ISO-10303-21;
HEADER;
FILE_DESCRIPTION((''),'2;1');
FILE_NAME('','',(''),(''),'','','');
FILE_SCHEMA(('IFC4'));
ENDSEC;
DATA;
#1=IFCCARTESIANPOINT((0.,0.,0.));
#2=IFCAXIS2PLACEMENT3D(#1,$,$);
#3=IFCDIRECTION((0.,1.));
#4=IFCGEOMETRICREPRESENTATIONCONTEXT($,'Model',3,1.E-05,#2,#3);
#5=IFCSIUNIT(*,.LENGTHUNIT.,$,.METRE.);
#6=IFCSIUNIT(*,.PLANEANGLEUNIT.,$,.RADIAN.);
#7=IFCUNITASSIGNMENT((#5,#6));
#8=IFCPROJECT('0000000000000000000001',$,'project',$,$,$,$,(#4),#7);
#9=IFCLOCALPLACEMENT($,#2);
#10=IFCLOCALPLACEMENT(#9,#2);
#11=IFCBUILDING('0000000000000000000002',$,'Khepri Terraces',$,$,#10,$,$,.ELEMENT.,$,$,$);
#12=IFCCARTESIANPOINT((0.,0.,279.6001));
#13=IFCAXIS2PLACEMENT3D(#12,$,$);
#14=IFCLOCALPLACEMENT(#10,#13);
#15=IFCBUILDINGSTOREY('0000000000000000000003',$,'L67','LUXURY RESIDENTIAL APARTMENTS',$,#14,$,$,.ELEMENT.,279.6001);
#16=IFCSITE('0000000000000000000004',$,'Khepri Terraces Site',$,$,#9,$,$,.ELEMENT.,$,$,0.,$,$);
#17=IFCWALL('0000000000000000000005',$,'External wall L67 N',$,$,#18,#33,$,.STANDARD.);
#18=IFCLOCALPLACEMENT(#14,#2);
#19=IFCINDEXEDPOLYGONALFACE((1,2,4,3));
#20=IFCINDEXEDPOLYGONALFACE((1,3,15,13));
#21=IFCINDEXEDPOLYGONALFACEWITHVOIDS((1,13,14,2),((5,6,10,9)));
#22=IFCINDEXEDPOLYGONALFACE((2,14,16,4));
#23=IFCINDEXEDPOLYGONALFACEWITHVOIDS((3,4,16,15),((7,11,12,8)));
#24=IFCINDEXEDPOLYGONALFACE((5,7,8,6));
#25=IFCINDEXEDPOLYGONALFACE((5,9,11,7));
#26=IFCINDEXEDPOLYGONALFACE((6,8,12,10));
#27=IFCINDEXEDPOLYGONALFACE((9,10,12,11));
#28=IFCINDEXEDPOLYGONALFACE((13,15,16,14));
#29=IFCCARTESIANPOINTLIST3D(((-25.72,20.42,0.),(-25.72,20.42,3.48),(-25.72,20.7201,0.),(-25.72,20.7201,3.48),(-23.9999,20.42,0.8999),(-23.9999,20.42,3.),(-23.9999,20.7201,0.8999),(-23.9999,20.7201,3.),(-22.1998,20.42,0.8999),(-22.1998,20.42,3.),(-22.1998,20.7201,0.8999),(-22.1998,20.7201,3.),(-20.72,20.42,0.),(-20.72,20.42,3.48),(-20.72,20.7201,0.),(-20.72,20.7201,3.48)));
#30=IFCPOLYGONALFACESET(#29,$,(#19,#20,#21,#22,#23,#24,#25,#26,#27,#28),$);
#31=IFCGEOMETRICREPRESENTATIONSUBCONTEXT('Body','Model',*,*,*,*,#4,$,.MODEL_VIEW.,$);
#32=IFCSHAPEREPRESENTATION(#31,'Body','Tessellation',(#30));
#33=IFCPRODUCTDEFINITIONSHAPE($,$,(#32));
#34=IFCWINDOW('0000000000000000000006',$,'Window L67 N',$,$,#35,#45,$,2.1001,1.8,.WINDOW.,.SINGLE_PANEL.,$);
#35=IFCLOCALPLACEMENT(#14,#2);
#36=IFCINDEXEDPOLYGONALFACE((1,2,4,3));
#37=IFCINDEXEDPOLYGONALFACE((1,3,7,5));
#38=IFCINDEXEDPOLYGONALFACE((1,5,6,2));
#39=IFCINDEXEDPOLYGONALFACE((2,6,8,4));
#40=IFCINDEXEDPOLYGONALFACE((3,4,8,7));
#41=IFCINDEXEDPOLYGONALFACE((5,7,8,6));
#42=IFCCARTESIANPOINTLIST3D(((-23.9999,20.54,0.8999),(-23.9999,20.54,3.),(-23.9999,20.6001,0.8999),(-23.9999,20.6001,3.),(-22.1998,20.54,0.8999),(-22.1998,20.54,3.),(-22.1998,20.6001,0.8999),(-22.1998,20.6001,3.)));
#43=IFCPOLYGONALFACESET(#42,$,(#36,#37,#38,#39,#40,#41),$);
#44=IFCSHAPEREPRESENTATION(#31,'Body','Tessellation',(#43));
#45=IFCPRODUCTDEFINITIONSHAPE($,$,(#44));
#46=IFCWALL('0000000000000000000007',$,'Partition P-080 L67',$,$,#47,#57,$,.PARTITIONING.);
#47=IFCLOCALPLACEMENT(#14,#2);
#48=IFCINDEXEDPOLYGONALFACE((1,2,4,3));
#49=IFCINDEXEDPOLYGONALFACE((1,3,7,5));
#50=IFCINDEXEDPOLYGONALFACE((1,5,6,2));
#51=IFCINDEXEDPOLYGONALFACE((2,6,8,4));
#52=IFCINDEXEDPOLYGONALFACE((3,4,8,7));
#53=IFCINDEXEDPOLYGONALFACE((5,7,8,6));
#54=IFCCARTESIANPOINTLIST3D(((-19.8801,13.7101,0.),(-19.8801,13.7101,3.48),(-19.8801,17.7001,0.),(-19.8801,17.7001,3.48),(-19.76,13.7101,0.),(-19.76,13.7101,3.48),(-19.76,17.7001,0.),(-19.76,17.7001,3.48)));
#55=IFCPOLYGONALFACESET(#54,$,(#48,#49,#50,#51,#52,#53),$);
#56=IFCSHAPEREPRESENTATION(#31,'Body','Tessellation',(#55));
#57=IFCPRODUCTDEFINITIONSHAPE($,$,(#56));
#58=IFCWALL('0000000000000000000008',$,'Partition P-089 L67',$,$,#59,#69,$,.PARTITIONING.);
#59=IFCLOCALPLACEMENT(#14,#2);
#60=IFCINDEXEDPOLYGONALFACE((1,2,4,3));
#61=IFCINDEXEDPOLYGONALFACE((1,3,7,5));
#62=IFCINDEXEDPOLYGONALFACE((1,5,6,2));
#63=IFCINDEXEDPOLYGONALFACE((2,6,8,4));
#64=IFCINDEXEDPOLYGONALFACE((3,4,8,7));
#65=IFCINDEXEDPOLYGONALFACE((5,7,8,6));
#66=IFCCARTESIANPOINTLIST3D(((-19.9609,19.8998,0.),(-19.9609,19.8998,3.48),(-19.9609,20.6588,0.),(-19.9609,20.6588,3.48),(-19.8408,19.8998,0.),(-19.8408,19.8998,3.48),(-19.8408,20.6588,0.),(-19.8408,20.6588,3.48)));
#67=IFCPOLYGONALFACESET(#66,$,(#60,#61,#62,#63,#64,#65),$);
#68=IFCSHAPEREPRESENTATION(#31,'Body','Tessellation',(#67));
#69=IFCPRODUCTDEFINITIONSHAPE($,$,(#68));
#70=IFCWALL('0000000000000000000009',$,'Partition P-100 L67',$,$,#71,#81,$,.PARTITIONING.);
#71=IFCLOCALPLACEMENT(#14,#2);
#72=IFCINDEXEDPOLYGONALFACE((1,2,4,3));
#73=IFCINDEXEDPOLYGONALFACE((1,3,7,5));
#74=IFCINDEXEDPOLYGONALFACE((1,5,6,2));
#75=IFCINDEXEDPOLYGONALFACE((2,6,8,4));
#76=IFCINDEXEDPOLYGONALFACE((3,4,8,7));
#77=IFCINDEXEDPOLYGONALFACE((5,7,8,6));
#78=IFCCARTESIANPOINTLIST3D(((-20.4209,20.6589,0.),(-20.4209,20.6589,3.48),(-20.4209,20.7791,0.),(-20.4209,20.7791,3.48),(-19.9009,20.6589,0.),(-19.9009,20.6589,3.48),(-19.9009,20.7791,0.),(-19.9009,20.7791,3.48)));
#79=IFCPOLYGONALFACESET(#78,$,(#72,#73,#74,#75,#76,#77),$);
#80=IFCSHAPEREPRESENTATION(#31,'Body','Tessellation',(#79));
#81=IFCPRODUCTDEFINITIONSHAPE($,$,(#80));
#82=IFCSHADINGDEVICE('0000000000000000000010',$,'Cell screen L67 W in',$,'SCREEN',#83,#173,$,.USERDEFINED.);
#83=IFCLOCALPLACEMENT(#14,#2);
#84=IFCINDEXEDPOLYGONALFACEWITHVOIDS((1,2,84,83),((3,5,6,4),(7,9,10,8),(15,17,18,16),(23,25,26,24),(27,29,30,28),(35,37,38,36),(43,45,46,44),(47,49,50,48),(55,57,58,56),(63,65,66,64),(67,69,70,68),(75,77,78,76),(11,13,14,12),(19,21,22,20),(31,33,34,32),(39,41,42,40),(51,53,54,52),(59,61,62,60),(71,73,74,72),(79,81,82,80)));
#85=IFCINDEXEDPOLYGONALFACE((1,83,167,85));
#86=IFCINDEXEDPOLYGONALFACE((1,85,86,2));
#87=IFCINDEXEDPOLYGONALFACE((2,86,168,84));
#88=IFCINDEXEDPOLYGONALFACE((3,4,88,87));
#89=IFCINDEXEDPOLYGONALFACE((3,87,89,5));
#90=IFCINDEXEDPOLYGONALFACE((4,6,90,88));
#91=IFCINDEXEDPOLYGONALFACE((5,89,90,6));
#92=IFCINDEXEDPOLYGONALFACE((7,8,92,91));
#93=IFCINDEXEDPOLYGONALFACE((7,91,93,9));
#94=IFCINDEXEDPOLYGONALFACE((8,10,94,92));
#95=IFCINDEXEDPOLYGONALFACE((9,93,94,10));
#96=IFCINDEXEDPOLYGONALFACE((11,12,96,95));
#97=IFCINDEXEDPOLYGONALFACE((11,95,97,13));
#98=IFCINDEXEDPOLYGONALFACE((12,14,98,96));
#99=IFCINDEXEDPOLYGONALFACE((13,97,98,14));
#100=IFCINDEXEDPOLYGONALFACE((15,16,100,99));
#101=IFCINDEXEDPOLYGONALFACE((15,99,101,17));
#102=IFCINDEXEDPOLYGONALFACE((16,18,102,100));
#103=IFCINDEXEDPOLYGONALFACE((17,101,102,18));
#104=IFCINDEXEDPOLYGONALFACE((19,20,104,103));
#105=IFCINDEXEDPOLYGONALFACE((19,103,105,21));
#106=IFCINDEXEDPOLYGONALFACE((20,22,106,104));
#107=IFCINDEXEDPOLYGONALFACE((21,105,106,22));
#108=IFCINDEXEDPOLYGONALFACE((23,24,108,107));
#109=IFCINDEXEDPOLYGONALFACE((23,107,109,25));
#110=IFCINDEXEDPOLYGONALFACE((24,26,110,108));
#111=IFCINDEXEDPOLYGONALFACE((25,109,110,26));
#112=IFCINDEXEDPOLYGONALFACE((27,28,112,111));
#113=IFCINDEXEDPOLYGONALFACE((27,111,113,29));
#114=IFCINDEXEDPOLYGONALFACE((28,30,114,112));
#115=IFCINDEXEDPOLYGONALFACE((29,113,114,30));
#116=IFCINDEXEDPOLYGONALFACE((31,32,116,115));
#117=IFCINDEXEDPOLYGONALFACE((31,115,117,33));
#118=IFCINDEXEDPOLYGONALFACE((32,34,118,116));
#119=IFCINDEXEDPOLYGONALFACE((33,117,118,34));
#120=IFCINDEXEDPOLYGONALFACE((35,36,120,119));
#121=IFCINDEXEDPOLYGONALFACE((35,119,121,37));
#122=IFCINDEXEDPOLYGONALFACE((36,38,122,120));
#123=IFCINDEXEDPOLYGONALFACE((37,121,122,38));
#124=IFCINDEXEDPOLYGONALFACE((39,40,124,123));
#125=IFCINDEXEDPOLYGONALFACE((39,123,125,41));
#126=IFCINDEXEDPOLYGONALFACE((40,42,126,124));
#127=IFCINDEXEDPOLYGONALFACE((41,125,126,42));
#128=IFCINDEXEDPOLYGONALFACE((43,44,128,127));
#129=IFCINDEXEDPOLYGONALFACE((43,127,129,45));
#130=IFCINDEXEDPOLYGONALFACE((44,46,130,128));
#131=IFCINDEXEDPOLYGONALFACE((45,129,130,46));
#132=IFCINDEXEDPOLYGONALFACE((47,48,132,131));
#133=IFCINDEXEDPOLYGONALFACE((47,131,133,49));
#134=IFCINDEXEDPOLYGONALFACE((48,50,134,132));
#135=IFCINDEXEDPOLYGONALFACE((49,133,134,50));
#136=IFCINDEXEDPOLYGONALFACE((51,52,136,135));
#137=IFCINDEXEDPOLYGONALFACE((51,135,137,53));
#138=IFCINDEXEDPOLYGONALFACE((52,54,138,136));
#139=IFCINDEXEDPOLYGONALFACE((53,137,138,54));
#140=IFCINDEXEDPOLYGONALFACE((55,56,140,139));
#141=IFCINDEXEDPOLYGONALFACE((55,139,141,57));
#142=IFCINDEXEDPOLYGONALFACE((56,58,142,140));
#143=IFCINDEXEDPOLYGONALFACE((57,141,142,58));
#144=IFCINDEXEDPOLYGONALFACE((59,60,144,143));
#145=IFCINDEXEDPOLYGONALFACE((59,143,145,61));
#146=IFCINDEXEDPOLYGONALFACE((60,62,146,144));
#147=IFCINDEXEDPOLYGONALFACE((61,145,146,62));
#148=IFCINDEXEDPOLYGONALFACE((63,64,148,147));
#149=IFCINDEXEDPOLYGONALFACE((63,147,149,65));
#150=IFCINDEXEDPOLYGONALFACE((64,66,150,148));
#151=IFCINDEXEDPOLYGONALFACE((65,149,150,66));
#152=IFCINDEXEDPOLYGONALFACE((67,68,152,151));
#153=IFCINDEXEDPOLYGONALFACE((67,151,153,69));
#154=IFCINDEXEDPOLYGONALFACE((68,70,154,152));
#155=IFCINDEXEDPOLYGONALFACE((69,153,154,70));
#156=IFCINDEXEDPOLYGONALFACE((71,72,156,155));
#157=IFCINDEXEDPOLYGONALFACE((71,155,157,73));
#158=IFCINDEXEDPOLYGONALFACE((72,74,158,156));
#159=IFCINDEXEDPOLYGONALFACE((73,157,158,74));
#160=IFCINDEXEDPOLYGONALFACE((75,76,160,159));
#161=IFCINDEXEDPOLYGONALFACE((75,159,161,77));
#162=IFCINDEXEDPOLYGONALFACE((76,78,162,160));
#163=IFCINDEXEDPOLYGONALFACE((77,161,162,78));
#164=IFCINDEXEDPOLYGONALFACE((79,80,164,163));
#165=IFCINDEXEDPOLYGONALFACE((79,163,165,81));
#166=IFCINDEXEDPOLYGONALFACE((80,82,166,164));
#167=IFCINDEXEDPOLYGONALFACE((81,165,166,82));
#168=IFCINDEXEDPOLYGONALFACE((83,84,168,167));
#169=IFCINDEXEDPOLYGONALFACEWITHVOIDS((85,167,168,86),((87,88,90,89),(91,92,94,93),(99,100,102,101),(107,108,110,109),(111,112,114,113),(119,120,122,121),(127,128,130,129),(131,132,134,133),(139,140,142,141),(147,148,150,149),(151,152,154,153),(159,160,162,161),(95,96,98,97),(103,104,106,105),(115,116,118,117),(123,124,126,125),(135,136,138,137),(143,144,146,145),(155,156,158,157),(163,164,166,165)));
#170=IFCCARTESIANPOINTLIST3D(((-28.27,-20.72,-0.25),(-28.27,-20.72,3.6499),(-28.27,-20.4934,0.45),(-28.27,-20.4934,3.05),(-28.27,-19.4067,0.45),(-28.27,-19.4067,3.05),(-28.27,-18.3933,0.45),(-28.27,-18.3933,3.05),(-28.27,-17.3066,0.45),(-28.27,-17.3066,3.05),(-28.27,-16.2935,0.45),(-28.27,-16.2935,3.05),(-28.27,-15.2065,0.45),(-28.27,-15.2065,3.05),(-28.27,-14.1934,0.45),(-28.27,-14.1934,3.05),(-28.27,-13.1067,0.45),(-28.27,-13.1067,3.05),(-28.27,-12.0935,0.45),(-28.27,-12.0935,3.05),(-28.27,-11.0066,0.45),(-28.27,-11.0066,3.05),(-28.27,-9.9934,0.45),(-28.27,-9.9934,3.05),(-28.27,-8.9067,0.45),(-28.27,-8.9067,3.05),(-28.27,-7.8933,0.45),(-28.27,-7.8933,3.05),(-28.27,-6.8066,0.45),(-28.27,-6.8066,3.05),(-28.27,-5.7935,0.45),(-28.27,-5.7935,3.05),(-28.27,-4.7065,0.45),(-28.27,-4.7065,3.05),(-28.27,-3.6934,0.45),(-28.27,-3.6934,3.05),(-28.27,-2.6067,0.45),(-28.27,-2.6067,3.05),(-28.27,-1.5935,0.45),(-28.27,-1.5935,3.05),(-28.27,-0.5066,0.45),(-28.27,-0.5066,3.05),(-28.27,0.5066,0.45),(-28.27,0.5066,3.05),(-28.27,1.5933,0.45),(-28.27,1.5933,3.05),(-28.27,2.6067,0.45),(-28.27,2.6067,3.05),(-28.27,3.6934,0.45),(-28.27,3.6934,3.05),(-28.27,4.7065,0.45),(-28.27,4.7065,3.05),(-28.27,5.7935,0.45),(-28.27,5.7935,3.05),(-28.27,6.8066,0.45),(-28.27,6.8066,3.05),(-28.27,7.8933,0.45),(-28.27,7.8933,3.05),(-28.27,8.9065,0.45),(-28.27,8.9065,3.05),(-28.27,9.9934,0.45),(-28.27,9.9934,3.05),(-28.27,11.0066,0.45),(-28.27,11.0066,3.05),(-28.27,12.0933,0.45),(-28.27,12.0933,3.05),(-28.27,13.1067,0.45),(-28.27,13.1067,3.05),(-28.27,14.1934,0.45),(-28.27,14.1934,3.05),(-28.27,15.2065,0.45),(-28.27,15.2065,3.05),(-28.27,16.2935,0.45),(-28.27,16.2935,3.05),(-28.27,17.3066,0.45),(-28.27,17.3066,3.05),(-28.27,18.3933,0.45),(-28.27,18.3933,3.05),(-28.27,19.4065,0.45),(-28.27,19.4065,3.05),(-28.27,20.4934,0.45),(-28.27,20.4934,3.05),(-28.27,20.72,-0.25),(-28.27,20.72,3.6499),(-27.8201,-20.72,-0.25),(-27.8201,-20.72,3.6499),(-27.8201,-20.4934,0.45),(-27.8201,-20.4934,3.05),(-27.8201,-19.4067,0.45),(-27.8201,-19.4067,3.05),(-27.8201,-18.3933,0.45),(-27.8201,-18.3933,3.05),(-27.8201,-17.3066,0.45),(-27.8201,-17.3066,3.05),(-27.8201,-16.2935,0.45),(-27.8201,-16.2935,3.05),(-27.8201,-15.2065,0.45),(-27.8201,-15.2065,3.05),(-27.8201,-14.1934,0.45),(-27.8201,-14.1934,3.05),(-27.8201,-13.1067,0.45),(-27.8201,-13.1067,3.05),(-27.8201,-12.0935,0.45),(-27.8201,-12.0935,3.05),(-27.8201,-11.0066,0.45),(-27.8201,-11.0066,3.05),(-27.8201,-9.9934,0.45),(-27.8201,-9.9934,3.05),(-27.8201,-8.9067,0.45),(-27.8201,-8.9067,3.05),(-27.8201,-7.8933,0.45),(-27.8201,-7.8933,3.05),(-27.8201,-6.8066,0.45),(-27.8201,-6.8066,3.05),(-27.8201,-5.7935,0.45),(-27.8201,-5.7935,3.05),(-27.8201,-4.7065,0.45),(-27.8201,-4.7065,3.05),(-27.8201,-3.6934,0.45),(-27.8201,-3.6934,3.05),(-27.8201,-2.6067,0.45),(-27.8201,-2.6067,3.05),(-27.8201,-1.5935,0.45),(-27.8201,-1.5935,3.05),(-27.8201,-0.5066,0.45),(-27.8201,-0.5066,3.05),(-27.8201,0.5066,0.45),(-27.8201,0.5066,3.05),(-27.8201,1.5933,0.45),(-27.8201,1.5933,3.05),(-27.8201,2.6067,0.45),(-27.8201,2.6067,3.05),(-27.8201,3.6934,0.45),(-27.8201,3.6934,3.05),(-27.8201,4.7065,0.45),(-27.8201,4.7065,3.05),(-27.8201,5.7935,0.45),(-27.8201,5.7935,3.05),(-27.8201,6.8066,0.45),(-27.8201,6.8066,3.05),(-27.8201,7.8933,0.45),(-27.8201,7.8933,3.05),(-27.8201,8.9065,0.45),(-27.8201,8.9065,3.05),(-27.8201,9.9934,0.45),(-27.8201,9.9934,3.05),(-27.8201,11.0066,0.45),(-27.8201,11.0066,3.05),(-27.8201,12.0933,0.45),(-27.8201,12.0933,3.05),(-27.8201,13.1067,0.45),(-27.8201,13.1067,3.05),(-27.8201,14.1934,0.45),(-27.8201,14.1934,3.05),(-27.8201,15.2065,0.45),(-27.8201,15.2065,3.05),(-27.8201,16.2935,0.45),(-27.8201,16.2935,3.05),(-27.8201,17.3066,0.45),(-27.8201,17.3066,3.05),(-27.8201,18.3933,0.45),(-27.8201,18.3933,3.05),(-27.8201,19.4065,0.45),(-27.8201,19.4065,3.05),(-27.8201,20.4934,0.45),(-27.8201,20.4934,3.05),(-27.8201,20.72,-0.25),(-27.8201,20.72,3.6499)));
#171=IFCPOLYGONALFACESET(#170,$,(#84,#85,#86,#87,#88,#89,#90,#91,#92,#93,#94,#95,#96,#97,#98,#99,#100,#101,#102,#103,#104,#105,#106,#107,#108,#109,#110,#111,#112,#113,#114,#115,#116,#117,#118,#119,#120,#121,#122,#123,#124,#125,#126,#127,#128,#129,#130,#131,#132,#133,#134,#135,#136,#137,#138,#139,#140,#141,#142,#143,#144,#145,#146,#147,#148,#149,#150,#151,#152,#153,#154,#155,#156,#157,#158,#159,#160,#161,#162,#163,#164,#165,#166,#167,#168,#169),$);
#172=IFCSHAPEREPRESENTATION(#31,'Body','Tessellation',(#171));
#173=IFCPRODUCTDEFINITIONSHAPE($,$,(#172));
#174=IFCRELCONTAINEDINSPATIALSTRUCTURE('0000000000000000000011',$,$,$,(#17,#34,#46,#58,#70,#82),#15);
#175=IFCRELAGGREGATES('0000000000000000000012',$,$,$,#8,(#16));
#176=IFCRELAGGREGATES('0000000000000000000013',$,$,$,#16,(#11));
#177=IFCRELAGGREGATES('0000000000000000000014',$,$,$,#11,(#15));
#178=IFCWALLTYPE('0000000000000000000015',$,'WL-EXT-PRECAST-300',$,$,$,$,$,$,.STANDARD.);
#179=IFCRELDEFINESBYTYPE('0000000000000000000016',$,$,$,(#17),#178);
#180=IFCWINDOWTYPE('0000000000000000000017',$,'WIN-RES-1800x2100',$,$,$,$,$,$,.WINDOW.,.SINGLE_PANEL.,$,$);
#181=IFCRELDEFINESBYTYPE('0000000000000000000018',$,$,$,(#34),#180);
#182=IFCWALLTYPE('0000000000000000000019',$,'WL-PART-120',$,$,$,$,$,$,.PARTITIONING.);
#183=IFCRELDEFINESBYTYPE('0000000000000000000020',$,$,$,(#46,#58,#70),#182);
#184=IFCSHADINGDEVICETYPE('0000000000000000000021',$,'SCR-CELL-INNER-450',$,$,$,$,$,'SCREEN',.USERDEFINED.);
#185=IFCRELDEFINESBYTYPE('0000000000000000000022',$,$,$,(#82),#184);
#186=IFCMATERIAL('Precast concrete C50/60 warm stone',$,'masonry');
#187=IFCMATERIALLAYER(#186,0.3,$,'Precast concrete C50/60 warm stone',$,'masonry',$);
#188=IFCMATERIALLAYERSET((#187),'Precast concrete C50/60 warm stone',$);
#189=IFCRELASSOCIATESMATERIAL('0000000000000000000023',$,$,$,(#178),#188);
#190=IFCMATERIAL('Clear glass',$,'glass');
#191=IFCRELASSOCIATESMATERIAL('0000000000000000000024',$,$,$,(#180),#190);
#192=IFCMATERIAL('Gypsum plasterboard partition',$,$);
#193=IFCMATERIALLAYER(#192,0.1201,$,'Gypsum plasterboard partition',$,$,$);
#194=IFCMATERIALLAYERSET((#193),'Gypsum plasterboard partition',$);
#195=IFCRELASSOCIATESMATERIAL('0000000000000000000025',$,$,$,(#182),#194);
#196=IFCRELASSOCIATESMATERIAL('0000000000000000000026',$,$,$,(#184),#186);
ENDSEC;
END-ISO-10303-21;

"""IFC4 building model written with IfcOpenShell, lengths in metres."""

from ifc_helpers import new_model, si_unit, direction, frame, frame_2d, origin, place, context, subcontext, project, spatial, polyline, rectangle, outline, extrude, material, layer, layer_set, type_object, element, fill, save


model = new_model("IFC4")

# Units and contexts
model_context = context("Model", 3, precision=1e-05, world=origin(), true_north=direction((0.0, 1.0)))
body_context = subcontext(model_context, "Body", "Model", "MODEL_VIEW")
ifc_project = project(units=[si_unit("LENGTHUNIT", "METRE"), si_unit("PLANEANGLEUNIT", "RADIAN")], contexts=[model_context])

# Site, building, storey
site_placement = place(None, origin())
site = spatial("IfcSite", under=ifc_project, at=site_placement, Name="Khepri Terraces Site", CompositionType="ELEMENT", RefElevation=0.0)
building_placement = place(site_placement, origin())
building = spatial("IfcBuilding", under=site, at=building_placement, Name="Khepri Terraces", CompositionType="ELEMENT")
storey_placement = place(building_placement, frame((0.0, 0.0, 279.6001)))
storey = spatial("IfcBuildingStorey", under=building, at=storey_placement, Name="L67", Description="LUXURY RESIDENTIAL APARTMENTS", CompositionType="ELEMENT", Elevation=279.6001)

# Wall, opening, window
ifc_material_1 = material(Name="Precast concrete C50/60 warm stone", Category="masonry")
ifc_layer_1 = layer(ifc_material_1, 0.3, Name="Precast concrete C50/60 warm stone", Category="masonry")
ifc_layer_set_1 = layer_set([ifc_layer_1], Name="Precast concrete C50/60 warm stone")
wall_type_1 = type_object("IfcWallType", Name="WL-EXT-PRECAST-300", PredefinedType="STANDARD", material=ifc_layer_set_1)
ifc_material_2 = material(Name="Clear glass", Category="glass")
window_type = type_object("IfcWindowType", Name="WIN-RES-1800x2100", PartitioningType="SINGLE_PANEL", PredefinedType="WINDOW", material=ifc_material_2)
wall_1_placement = place(storey_placement, frame((-20.72, 20.5701, 0.0), z_axis=(0.0, 0.0, 1.0), x_axis=(-1.0, 0.0, 0.0)))
wall_1 = element("IfcWall", 1, at=wall_1_placement, inside=storey, type_object=wall_type_1, Name="External wall L67 N", PredefinedType="STANDARD", context=body_context, shape_type="SweptSolid", body=[
    extrude(rectangle(XDim=5.0, YDim=0.3, at=frame_2d((2.5, 0.0))), origin(), (0.0, 0.0, 1.0), 3.48),
])
opening_1_placement = place(wall_1_placement, frame((1.48, 0.0, 0.8999)))
opening_1 = element("IfcOpeningElement", 2, at=opening_1_placement, cuts=wall_1, PredefinedType="OPENING", context=body_context, shape_type="SweptSolid", body=[
    extrude(rectangle(XDim=1.8, YDim=2.1001, at=frame_2d((0.8999, 1.05))), frame((0.0, 0.1602, 0.0), z_axis=(0.0, -1.0, 0.0), x_axis=(1.0, 0.0, 0.0)), (0.0, 0.0, 1.0), 0.3201),
])
window_1_placement = place(opening_1_placement, origin())
window_1 = element("IfcWindow", 3, at=window_1_placement, inside=storey, type_object=window_type, Name="Window L67 N", OverallHeight=2.1001, OverallWidth=1.8, PartitioningType="SINGLE_PANEL", PredefinedType="WINDOW", context=body_context, shape_type="SweptSolid", body=[
    extrude(rectangle(XDim=1.8, YDim=2.1001, at=frame_2d((0.8999, 1.05))), frame((0.0, 0.03, 0.0), z_axis=(0.0, -1.0, 0.0), x_axis=(1.0, 0.0, 0.0)), (0.0, 0.0, 1.0), 0.0601),
])
fill(opening_1, window_1)

# Walls
ifc_material_3 = material(Name="Gypsum plasterboard partition")
ifc_layer_2 = layer(ifc_material_3, 0.1201, Name="Gypsum plasterboard partition")
ifc_layer_set_2 = layer_set([ifc_layer_2], Name="Gypsum plasterboard partition")
wall_type_2 = type_object("IfcWallType", Name="WL-PART-120", PredefinedType="PARTITIONING", material=ifc_layer_set_2)
wall_2_placement = place(storey_placement, frame((-19.8201, 13.71, 0.0), z_axis=(0.0, 0.0, 1.0), x_axis=(0.0, 1.0, 0.0)))
element("IfcWall", 4, at=wall_2_placement, inside=storey, type_object=wall_type_2, Name="Partition P-080 L67", PredefinedType="PARTITIONING", context=body_context, shape_type="SweptSolid", body=[
    extrude(rectangle(XDim=3.99, YDim=0.1201, at=frame_2d((1.9951, 0.0))), origin(), (0.0, 0.0, 1.0), 3.48),
])
wall_3_placement = place(storey_placement, frame((-19.9009, 19.8999, 0.0), z_axis=(0.0, 0.0, 1.0), x_axis=(0.0, 1.0, 0.0)))
element("IfcWall", 5, at=wall_3_placement, inside=storey, type_object=wall_type_2, Name="Partition P-089 L67", PredefinedType="PARTITIONING", context=body_context, shape_type="SweptSolid", body=[
    extrude(rectangle(XDim=0.759, YDim=0.1201, at=frame_2d((0.3794, 0.0))), origin(), (0.0, 0.0, 1.0), 3.48),
])
wall_4_placement = place(storey_placement, frame((-20.4209, 20.719, 0.0), z_axis=(0.0, 0.0, 1.0), x_axis=(1.0, 0.0, 0.0)))
element("IfcWall", 6, at=wall_4_placement, inside=storey, type_object=wall_type_2, Name="Partition P-100 L67", PredefinedType="PARTITIONING", context=body_context, shape_type="SweptSolid", body=[
    extrude(rectangle(XDim=0.52, YDim=0.1201, at=frame_2d((0.26, 0.0))), origin(), (0.0, 0.0, 1.0), 3.48),
])

# Shading device
shading_device_type_1 = type_object("IfcShadingDeviceType", Name="SCR-CELL-INNER-450", ElementType="SCREEN", PredefinedType="USERDEFINED", material=ifc_material_1)
shading_device_1_placement = place(storey_placement, frame((-27.8201, 20.72, -0.25), z_axis=(-1.0, 0.0, 0.0), x_axis=(0.0, -1.0, 0.0)))
element("IfcShadingDevice", 7, at=shading_device_1_placement, inside=storey, type_object=shading_device_type_1, Name="Cell screen L67 W in", ObjectType="SCREEN", PredefinedType="USERDEFINED", context=body_context, shape_type="SweptSolid", body=[
    extrude(outline(polyline([(0.0, 0.0), (41.4399, 0.0), (41.4399, 3.8999), (0.0, 3.8999), (0.0, 0.0)]), holes=[polyline([(0.2266, 0.7), (1.3135, 0.7), (1.3135, 3.3), (0.2266, 3.3), (0.2266, 0.7)]), polyline([(2.3267, 0.7), (3.4133, 0.7), (3.4133, 3.3), (2.3267, 3.3), (2.3267, 0.7)]), polyline([(4.4265, 0.7), (5.5134, 0.7), (5.5134, 3.3), (4.4265, 3.3), (4.4265, 0.7)]), polyline([(6.5266, 0.7), (7.6133, 0.7), (7.6133, 3.3), (6.5266, 3.3), (6.5266, 0.7)]), polyline([(8.6267, 0.7), (9.7134, 0.7), (9.7134, 3.3), (8.6267, 3.3), (8.6267, 0.7)]), polyline([(10.7266, 0.7), (11.8135, 0.7), (11.8135, 3.3), (10.7266, 3.3), (10.7266, 0.7)]), polyline([(12.8267, 0.7), (13.9133, 0.7), (13.9133, 3.3), (12.8267, 3.3), (12.8267, 0.7)]), polyline([(14.9265, 0.7), (16.0134, 0.7), (16.0134, 3.3), (14.9265, 3.3), (14.9265, 0.7)]), polyline([(17.0266, 0.7), (18.1133, 0.7), (18.1133, 3.3), (17.0266, 3.3), (17.0266, 0.7)]), polyline([(19.1267, 0.7), (20.2134, 0.7), (20.2134, 3.3), (19.1267, 3.3), (19.1267, 0.7)]), polyline([(21.2266, 0.7), (22.3135, 0.7), (22.3135, 3.3), (21.2266, 3.3), (21.2266, 0.7)]), polyline([(23.3267, 0.7), (24.4133, 0.7), (24.4133, 3.3), (23.3267, 3.3), (23.3267, 0.7)]), polyline([(25.4265, 0.7), (26.5134, 0.7), (26.5134, 3.3), (25.4265, 3.3), (25.4265, 0.7)]), polyline([(27.5266, 0.7), (28.6133, 0.7), (28.6133, 3.3), (27.5266, 3.3), (27.5266, 0.7)]), polyline([(29.6267, 0.7), (30.7134, 0.7), (30.7134, 3.3), (29.6267, 3.3), (29.6267, 0.7)]), polyline([(31.7266, 0.7), (32.8135, 0.7), (32.8135, 3.3), (31.7266, 3.3), (31.7266, 0.7)]), polyline([(33.8267, 0.7), (34.9133, 0.7), (34.9133, 3.3), (33.8267, 3.3), (33.8267, 0.7)]), polyline([(35.9265, 0.7), (37.0134, 0.7), (37.0134, 3.3), (35.9265, 3.3), (35.9265, 0.7)]), polyline([(38.0266, 0.7), (39.1133, 0.7), (39.1133, 3.3), (38.0266, 3.3), (38.0266, 0.7)]), polyline([(40.1267, 0.7), (41.2134, 0.7), (41.2134, 3.3), (40.1267, 3.3), (40.1267, 0.7)])]), origin(), (0.0, 0.0, 1.0), 0.45),
])

save(model, "model.ifc")
